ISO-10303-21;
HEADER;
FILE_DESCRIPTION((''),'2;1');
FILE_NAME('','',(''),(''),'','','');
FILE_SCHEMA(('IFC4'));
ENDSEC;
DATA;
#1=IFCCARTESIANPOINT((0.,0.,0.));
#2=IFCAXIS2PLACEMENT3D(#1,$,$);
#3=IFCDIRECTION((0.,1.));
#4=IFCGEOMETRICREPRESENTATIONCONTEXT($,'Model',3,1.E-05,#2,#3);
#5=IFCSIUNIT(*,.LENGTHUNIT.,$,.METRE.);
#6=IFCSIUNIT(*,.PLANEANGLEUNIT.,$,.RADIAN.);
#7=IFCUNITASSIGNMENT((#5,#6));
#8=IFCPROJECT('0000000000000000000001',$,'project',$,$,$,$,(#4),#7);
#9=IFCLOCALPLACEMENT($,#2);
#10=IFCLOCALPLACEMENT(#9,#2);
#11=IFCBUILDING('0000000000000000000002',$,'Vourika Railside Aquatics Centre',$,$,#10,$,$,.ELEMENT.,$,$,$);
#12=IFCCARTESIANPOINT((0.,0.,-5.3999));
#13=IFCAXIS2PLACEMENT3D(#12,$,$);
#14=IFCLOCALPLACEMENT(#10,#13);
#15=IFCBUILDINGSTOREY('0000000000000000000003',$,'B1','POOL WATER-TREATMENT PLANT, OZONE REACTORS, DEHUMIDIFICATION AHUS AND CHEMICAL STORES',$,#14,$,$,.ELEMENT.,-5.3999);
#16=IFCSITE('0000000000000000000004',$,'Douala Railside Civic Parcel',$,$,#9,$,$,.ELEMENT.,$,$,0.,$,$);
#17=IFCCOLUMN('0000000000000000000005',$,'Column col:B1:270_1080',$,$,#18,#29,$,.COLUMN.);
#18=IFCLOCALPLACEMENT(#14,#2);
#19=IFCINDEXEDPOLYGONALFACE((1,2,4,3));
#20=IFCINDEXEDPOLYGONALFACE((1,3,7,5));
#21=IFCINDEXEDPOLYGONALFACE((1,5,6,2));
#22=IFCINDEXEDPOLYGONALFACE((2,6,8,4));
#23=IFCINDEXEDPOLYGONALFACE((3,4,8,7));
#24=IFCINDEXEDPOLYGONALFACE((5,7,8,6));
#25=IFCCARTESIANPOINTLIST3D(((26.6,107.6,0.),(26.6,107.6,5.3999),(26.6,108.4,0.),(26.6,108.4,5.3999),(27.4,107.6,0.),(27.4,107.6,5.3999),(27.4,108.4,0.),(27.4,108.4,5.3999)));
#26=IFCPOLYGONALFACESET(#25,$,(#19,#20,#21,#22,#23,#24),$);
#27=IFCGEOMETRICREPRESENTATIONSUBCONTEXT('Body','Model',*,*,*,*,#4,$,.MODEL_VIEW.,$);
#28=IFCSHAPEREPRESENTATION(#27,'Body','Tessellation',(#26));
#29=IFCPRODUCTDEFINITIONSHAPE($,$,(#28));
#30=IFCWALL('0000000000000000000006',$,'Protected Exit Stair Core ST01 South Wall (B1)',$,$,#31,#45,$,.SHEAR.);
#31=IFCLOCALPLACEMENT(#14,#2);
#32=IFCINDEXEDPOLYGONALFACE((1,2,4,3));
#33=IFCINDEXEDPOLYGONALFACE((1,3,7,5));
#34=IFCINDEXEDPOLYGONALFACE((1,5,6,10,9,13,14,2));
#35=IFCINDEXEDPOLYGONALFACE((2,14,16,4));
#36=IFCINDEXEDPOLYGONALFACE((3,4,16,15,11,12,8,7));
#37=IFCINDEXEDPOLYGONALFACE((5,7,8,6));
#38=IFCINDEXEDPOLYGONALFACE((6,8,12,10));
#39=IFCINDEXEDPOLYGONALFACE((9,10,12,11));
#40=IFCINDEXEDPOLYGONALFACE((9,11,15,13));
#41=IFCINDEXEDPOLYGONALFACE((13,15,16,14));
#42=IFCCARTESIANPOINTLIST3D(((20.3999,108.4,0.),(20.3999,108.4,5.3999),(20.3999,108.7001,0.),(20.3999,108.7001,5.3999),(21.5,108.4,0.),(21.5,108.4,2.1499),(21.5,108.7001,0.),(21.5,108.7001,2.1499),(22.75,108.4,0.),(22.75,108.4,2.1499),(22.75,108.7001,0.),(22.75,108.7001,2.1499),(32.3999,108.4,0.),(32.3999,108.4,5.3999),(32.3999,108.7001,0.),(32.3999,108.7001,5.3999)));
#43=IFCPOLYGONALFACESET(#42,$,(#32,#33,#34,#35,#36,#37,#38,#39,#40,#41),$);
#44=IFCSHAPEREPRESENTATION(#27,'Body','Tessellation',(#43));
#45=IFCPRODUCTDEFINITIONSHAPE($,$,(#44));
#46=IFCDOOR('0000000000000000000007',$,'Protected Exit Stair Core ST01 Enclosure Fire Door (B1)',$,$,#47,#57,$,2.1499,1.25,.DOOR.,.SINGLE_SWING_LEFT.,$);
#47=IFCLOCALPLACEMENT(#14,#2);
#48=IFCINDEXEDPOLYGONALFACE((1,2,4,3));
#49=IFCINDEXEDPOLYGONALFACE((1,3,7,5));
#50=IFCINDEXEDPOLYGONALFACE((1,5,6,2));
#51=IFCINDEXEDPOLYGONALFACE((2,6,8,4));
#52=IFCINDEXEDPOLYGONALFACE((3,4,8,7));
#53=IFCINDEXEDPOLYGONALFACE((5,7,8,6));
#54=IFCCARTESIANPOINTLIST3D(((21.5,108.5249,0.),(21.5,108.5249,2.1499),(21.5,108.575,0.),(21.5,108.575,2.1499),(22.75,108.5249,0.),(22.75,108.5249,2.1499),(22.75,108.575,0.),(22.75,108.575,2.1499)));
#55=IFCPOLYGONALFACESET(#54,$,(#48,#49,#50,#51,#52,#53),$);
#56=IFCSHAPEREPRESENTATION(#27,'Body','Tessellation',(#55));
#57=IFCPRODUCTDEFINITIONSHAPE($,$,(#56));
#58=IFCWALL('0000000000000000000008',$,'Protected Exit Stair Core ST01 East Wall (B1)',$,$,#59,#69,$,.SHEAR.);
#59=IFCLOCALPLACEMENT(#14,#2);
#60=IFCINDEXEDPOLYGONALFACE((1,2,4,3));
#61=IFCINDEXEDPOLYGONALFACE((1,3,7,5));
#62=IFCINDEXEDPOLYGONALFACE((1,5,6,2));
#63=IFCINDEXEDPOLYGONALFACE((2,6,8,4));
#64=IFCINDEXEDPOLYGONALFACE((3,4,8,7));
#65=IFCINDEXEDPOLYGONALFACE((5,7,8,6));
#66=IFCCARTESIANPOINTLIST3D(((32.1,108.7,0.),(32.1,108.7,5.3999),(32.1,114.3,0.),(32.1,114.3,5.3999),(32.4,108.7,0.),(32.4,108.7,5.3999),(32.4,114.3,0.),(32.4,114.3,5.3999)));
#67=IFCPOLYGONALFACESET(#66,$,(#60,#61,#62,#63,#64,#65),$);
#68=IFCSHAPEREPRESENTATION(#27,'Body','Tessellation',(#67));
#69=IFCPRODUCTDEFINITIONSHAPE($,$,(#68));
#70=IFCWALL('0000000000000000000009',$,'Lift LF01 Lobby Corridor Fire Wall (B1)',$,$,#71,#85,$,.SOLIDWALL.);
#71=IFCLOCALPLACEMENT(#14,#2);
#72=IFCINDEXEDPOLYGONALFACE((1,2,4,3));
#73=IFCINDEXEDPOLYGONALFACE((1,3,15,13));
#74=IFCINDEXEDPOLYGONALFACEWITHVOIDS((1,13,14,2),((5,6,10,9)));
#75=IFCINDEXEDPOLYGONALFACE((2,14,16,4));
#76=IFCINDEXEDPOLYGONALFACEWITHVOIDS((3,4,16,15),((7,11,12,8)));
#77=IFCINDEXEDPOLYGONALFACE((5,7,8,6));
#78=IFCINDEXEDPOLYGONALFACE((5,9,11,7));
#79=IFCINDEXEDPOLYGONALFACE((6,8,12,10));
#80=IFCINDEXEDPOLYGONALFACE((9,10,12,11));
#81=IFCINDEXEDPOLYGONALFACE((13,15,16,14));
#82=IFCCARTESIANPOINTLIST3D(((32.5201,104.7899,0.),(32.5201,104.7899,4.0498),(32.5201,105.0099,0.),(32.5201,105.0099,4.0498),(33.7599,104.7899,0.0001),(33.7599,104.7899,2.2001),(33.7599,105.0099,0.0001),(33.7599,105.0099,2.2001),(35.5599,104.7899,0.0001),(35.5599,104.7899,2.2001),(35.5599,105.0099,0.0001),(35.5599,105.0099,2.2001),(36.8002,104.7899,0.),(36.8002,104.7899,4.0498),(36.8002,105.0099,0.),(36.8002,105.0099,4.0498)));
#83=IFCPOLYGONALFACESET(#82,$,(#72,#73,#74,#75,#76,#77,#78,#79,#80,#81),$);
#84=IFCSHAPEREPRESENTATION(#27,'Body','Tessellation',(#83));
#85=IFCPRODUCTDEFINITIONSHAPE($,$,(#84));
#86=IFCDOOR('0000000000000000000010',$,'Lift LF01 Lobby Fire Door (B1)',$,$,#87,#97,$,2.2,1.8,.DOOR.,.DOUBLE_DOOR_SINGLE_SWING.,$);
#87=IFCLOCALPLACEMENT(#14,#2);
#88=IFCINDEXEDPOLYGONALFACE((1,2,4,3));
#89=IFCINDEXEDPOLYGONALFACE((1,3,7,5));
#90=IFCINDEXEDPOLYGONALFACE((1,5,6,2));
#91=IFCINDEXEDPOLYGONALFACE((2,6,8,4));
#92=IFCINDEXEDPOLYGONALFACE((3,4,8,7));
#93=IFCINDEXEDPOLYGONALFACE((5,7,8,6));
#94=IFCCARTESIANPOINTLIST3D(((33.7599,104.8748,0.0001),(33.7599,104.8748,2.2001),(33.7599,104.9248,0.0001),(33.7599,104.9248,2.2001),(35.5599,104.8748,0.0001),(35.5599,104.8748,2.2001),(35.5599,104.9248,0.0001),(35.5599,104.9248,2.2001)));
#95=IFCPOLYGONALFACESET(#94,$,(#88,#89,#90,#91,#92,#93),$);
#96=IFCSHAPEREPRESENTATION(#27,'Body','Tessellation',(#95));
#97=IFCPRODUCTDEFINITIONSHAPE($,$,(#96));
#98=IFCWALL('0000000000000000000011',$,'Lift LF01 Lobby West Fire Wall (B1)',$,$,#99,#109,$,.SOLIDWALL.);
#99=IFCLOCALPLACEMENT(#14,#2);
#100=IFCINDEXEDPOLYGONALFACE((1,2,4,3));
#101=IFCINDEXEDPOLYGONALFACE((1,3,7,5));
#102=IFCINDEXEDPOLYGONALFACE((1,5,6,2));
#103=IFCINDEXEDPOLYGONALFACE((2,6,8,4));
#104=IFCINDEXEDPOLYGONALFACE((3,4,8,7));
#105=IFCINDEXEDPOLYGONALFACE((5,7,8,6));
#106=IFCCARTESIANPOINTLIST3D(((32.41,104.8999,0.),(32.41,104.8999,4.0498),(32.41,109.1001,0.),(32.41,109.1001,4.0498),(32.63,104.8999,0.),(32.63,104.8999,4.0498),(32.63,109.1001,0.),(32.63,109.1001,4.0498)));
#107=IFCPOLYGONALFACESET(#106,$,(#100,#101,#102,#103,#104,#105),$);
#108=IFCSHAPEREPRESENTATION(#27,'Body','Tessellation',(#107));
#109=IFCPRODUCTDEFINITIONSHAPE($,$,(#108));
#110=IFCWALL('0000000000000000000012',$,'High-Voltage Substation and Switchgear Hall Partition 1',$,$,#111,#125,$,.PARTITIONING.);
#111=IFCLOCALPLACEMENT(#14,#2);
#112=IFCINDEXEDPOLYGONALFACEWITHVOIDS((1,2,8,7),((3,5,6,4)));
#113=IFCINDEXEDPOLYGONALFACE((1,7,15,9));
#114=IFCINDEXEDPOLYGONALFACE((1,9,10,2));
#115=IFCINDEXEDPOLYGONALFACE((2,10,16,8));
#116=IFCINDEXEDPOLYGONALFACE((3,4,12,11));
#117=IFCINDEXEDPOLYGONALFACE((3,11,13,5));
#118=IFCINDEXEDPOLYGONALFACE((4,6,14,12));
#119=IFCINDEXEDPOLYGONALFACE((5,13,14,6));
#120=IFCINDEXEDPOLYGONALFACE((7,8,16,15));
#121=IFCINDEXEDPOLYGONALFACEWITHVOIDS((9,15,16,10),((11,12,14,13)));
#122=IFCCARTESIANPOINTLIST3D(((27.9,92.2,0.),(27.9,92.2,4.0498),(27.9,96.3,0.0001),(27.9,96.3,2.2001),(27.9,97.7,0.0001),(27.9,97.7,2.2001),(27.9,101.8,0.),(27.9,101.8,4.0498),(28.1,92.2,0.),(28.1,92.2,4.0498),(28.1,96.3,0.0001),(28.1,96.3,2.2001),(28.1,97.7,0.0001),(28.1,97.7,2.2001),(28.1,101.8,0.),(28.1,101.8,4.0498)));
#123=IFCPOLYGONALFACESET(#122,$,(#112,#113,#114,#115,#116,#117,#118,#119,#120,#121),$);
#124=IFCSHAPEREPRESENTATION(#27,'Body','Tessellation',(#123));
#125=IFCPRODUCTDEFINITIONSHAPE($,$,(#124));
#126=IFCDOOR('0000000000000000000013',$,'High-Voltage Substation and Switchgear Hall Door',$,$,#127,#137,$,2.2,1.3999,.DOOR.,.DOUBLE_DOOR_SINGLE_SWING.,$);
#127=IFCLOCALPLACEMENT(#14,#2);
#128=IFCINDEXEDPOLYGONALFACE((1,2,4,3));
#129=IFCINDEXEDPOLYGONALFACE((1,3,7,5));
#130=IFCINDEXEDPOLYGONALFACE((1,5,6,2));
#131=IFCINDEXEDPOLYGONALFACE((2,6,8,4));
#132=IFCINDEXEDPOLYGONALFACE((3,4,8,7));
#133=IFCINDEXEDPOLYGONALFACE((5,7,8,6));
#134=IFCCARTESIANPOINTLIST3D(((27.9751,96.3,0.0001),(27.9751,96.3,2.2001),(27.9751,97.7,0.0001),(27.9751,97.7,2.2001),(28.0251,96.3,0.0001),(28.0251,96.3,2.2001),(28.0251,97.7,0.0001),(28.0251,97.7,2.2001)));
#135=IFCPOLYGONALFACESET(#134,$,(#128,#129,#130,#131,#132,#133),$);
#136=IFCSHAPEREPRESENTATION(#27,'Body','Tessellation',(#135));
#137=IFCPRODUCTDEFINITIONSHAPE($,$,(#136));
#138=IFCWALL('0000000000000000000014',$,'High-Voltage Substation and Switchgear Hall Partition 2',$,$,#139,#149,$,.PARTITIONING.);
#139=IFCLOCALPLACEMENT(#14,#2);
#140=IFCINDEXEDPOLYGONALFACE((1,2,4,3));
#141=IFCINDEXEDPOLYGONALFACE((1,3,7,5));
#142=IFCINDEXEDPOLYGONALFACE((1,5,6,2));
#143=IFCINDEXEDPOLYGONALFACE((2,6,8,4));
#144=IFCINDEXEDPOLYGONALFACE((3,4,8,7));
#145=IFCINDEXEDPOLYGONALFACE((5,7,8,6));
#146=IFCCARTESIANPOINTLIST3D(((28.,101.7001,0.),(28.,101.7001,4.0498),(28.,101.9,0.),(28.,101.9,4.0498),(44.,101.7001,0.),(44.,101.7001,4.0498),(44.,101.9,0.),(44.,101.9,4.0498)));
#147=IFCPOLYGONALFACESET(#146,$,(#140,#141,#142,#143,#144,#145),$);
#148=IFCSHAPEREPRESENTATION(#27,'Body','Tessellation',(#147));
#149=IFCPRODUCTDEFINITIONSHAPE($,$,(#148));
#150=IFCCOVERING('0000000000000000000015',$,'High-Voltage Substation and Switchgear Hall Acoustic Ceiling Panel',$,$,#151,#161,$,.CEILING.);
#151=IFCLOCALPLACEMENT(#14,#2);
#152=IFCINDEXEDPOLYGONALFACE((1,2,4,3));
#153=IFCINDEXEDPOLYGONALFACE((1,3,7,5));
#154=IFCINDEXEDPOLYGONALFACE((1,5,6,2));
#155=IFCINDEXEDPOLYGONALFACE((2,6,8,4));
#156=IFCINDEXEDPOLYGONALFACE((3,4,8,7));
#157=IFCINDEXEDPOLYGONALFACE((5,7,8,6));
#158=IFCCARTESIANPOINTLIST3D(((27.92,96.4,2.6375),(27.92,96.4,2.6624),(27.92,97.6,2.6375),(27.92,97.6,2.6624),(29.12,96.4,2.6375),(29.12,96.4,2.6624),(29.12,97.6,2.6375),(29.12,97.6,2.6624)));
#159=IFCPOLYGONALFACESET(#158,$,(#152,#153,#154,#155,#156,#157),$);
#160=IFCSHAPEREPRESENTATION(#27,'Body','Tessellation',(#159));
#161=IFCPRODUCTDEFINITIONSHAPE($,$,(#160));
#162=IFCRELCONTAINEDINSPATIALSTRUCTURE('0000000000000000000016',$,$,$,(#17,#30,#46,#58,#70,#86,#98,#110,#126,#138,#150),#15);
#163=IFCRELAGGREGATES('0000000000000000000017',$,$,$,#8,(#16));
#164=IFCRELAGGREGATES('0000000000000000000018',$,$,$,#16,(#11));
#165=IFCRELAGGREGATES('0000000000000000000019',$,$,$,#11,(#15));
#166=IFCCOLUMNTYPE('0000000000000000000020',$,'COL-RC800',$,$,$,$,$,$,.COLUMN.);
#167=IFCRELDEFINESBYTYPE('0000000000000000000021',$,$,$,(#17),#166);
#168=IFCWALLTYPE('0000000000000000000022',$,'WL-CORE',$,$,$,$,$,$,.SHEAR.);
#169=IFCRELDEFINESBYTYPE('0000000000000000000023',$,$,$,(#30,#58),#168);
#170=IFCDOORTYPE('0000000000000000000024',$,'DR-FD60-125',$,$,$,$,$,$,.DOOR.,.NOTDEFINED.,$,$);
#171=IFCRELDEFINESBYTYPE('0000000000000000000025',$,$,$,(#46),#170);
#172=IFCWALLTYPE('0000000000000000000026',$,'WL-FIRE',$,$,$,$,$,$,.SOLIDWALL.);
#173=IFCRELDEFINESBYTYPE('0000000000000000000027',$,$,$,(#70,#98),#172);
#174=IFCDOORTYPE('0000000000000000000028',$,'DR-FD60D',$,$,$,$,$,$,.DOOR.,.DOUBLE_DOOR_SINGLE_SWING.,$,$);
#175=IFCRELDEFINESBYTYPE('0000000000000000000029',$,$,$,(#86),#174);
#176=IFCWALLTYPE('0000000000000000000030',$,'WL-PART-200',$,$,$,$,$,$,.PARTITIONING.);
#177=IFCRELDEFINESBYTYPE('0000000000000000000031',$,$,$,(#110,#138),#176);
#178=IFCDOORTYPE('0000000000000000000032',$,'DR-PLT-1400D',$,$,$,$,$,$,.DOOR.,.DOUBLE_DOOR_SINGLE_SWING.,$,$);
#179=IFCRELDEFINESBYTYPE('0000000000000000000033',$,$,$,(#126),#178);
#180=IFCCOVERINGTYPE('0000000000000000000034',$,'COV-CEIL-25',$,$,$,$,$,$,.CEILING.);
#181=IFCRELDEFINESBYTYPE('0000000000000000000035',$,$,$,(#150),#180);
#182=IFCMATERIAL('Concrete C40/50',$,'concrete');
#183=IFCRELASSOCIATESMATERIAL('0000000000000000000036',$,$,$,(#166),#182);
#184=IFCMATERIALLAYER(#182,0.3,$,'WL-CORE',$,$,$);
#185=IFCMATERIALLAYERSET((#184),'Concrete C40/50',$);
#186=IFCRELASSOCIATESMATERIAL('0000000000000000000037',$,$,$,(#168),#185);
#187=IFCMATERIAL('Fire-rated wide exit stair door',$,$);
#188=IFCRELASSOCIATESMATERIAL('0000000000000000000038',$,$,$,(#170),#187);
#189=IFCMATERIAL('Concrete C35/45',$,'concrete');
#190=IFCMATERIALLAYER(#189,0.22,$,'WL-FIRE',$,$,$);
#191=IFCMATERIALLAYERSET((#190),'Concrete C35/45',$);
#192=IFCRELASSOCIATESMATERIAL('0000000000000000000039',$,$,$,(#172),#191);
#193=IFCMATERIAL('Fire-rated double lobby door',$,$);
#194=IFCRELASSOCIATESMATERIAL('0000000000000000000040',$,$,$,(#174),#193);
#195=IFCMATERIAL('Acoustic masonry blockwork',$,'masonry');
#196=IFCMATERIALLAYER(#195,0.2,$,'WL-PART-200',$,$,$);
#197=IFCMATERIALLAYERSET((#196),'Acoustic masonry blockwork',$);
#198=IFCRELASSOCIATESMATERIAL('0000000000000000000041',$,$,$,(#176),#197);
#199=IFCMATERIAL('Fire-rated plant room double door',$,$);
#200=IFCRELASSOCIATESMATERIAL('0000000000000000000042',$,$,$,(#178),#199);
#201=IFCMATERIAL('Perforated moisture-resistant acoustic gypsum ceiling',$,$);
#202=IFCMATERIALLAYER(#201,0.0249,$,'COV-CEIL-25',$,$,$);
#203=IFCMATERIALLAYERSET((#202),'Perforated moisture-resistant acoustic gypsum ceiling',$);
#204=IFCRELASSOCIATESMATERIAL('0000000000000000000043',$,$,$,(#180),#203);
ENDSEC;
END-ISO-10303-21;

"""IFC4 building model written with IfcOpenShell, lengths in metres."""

from ifc_helpers import new_model, si_unit, direction, frame, frame_2d, origin, origin_2d, place, context, subcontext, project, spatial, rectangle, extrude, material, layer, layer_set, material_profile, profile_set, type_object, element, fill, save


model = new_model("IFC4")

# Units and contexts
model_context = context("Model", 3, precision=1e-05, world=origin(), true_north=direction((0.0, 1.0)))
body_context = subcontext(model_context, "Body", "Model", "MODEL_VIEW")
ifc_project = project(units=[si_unit("LENGTHUNIT", "METRE"), si_unit("PLANEANGLEUNIT", "RADIAN")], contexts=[model_context])

# Site, building, storey
site_placement = place(None, origin())
site = spatial("IfcSite", under=ifc_project, at=site_placement, Name="Douala Railside Civic Parcel", CompositionType="ELEMENT", RefElevation=0.0)
building_placement = place(site_placement, origin())
building = spatial("IfcBuilding", under=site, at=building_placement, Name="Vourika Railside Aquatics Centre", CompositionType="ELEMENT")
storey_placement = place(building_placement, frame((0.0, 0.0, -5.3999)))
storey = spatial("IfcBuildingStorey", under=building, at=storey_placement, Name="B1", Description="POOL WATER-TREATMENT PLANT, OZONE REACTORS, DEHUMIDIFICATION AHUS AND CHEMICAL STORES", CompositionType="ELEMENT", Elevation=-5.3999)

# Shared definitions
ifc_material_1 = material(Name="Concrete C40/50", Category="concrete")

# Column
ifc_material_profile_1 = material_profile(ifc_material_1, rectangle(XDim=0.8, YDim=0.8, at=origin_2d()), Name="RC 800x800")
ifc_profile_set_1 = profile_set([ifc_material_profile_1], Name="Concrete C40/50")
column_type = type_object("IfcColumnType", Name="COL-RC800", PredefinedType="COLUMN", material=ifc_profile_set_1)
for number, where, z_axis, x_axis, name in (
    (1, (27.0, 108.0, 0.0), (0.0, 0.0, 1.0), (1.0, 0.0, 0.0), "Column col:B1:270_1080"),
):
    element("IfcColumn", number, at=place(storey_placement, frame(where, z_axis=z_axis, x_axis=x_axis)), inside=storey, type_object=column_type, Name=name, PredefinedType="COLUMN", context=body_context, shape_type="SweptSolid", body=[
        extrude(rectangle(XDim=0.8, YDim=0.8, at=origin_2d()), origin(), (0.0, 0.0, 1.0), 5.3999),
    ])

# Wall, opening, door
ifc_layer_1 = layer(ifc_material_1, 0.3, Name="WL-CORE")
ifc_layer_set_1 = layer_set([ifc_layer_1], Name="Concrete C40/50")
wall_type_1 = type_object("IfcWallType", Name="WL-CORE", PredefinedType="SHEAR", material=ifc_layer_set_1)
wall_1_placement = place(storey_placement, frame((20.3999, 108.55, 0.0), z_axis=(0.0, 0.0, 1.0), x_axis=(1.0, 0.0, 0.0)))
wall_1 = element("IfcWall", 2, at=wall_1_placement, inside=storey, type_object=wall_type_1, Name="Protected Exit Stair Core ST01 South Wall (B1)", PredefinedType="SHEAR", context=body_context, shape_type="SweptSolid", body=[
    extrude(rectangle(XDim=12.0, YDim=0.3, at=frame_2d((6.0, 0.0))), origin(), (0.0, 0.0, 1.0), 5.3999),
])
opening_1_placement = place(wall_1_placement, frame((1.1001, 0.0, 0.0)))
opening_1 = element("IfcOpeningElement", 3, at=opening_1_placement, cuts=wall_1, PredefinedType="OPENING", context=body_context, shape_type="SweptSolid", body=[
    extrude(rectangle(XDim=1.25, YDim=2.1499, at=frame_2d((0.625, 1.075))), frame((0.0, 0.1602, 0.0), z_axis=(0.0, -1.0, 0.0), x_axis=(1.0, 0.0, 0.0)), (0.0, 0.0, 1.0), 0.3201),
])
ifc_material_2 = material(Name="Fire-rated wide exit stair door")
door_type_1 = type_object("IfcDoorType", Name="DR-FD60-125", OperationType="NOTDEFINED", PredefinedType="DOOR", material=ifc_material_2)
door_1_placement = place(opening_1_placement, origin())
door_1 = element("IfcDoor", 4, at=door_1_placement, inside=storey, type_object=door_type_1, Name="Protected Exit Stair Core ST01 Enclosure Fire Door (B1)", OperationType="SINGLE_SWING_LEFT", OverallHeight=2.1499, OverallWidth=1.25, PredefinedType="DOOR", context=body_context, shape_type="SweptSolid", body=[
    extrude(rectangle(XDim=1.25, YDim=2.1499, at=frame_2d((0.625, 1.075))), frame((0.0, 0.0249, 0.0), z_axis=(0.0, -1.0, 0.0), x_axis=(1.0, 0.0, 0.0)), (0.0, 0.0, 1.0), 0.05),
])
fill(opening_1, door_1)

# Wall
wall_2_placement = place(storey_placement, frame((32.25, 108.7, 0.0), z_axis=(0.0, 0.0, 1.0), x_axis=(0.0, 1.0, 0.0)))
element("IfcWall", 5, at=wall_2_placement, inside=storey, type_object=wall_type_1, Name="Protected Exit Stair Core ST01 East Wall (B1)", PredefinedType="SHEAR", context=body_context, shape_type="SweptSolid", body=[
    extrude(rectangle(XDim=5.6001, YDim=0.3, at=frame_2d((2.8, 0.0))), origin(), (0.0, 0.0, 1.0), 5.3999),
])

# Wall, opening, door
ifc_material_3 = material(Name="Concrete C35/45", Category="concrete")
ifc_layer_2 = layer(ifc_material_3, 0.22, Name="WL-FIRE")
ifc_layer_set_2 = layer_set([ifc_layer_2], Name="Concrete C35/45")
wall_type_2 = type_object("IfcWallType", Name="WL-FIRE", PredefinedType="SOLIDWALL", material=ifc_layer_set_2)
wall_3_placement = place(storey_placement, frame((32.52, 104.8999, 0.0), z_axis=(0.0, 0.0, 1.0), x_axis=(1.0, 0.0, 0.0)))
wall_3 = element("IfcWall", 6, at=wall_3_placement, inside=storey, type_object=wall_type_2, Name="Lift LF01 Lobby Corridor Fire Wall (B1)", PredefinedType="SOLIDWALL", context=body_context, shape_type="SweptSolid", body=[
    extrude(rectangle(XDim=4.28, YDim=0.22, at=frame_2d((2.1401, 0.0))), origin(), (0.0, 0.0, 1.0), 4.0498),
])
opening_2_placement = place(wall_3_placement, frame((1.24, 0.0, 0.0)))
opening_2 = element("IfcOpeningElement", 7, at=opening_2_placement, cuts=wall_3, PredefinedType="OPENING", context=body_context, shape_type="SweptSolid", body=[
    extrude(rectangle(XDim=1.8, YDim=2.2, at=frame_2d((0.8999, 1.1001))), frame((0.0, 0.1201, 0.0), z_axis=(0.0, -1.0, 0.0), x_axis=(1.0, 0.0, 0.0)), (0.0, 0.0, 1.0), 0.24),
])
ifc_material_4 = material(Name="Fire-rated double lobby door")
door_type_2 = type_object("IfcDoorType", Name="DR-FD60D", OperationType="DOUBLE_DOOR_SINGLE_SWING", PredefinedType="DOOR", material=ifc_material_4)
door_2_placement = place(opening_2_placement, origin())
door_2 = element("IfcDoor", 8, at=door_2_placement, inside=storey, type_object=door_type_2, Name="Lift LF01 Lobby Fire Door (B1)", OperationType="DOUBLE_DOOR_SINGLE_SWING", OverallHeight=2.2, OverallWidth=1.8, PredefinedType="DOOR", context=body_context, shape_type="SweptSolid", body=[
    extrude(rectangle(XDim=1.8, YDim=2.2, at=frame_2d((0.8999, 1.1001))), frame((0.0, 0.0249, 0.0), z_axis=(0.0, -1.0, 0.0), x_axis=(1.0, 0.0, 0.0)), (0.0, 0.0, 1.0), 0.05),
])
fill(opening_2, door_2)

# Wall
wall_4_placement = place(storey_placement, frame((32.52, 104.8999, 0.0), z_axis=(0.0, 0.0, 1.0), x_axis=(0.0, 1.0, 0.0)))
element("IfcWall", 9, at=wall_4_placement, inside=storey, type_object=wall_type_2, Name="Lift LF01 Lobby West Fire Wall (B1)", PredefinedType="SOLIDWALL", context=body_context, shape_type="SweptSolid", body=[
    extrude(rectangle(XDim=4.2002, YDim=0.22, at=frame_2d((2.1001, 0.0))), origin(), (0.0, 0.0, 1.0), 4.0498),
])

# Wall, opening, door
ifc_material_5 = material(Name="Acoustic masonry blockwork", Category="masonry")
ifc_layer_3 = layer(ifc_material_5, 0.2, Name="WL-PART-200")
ifc_layer_set_3 = layer_set([ifc_layer_3], Name="Acoustic masonry blockwork")
wall_type_3 = type_object("IfcWallType", Name="WL-PART-200", PredefinedType="PARTITIONING", material=ifc_layer_set_3)
wall_5_placement = place(storey_placement, frame((28.0, 92.2, 0.0), z_axis=(0.0, 0.0, 1.0), x_axis=(0.0, 1.0, 0.0)))
wall_5 = element("IfcWall", 10, at=wall_5_placement, inside=storey, type_object=wall_type_3, Name="High-Voltage Substation and Switchgear Hall Partition 1", PredefinedType="PARTITIONING", context=body_context, shape_type="SweptSolid", body=[
    extrude(rectangle(XDim=9.6001, YDim=0.2, at=frame_2d((4.8, 0.0))), origin(), (0.0, 0.0, 1.0), 4.0498),
])
opening_3_placement = place(wall_5_placement, frame((4.1001, 0.0, 0.0)))
opening_3 = element("IfcOpeningElement", 11, at=opening_3_placement, cuts=wall_5, PredefinedType="OPENING", context=body_context, shape_type="SweptSolid", body=[
    extrude(rectangle(XDim=1.3999, YDim=2.2, at=frame_2d((0.7, 1.1001))), frame((0.0, 0.1099, 0.0), z_axis=(0.0, -1.0, 0.0), x_axis=(1.0, 0.0, 0.0)), (0.0, 0.0, 1.0), 0.22),
])
ifc_material_6 = material(Name="Fire-rated plant room double door")
door_type_3 = type_object("IfcDoorType", Name="DR-PLT-1400D", OperationType="DOUBLE_DOOR_SINGLE_SWING", PredefinedType="DOOR", material=ifc_material_6)
door_3_placement = place(opening_3_placement, origin())
door_3 = element("IfcDoor", 12, at=door_3_placement, inside=storey, type_object=door_type_3, Name="High-Voltage Substation and Switchgear Hall Door", OperationType="DOUBLE_DOOR_SINGLE_SWING", OverallHeight=2.2, OverallWidth=1.3999, PredefinedType="DOOR", context=body_context, shape_type="SweptSolid", body=[
    extrude(rectangle(XDim=1.3999, YDim=2.2, at=frame_2d((0.7, 1.1001))), frame((0.0, 0.0249, 0.0), z_axis=(0.0, -1.0, 0.0), x_axis=(1.0, 0.0, 0.0)), (0.0, 0.0, 1.0), 0.05),
])
fill(opening_3, door_3)

# Wall
wall_6_placement = place(storey_placement, frame((28.0, 101.8, 0.0), z_axis=(0.0, 0.0, 1.0), x_axis=(1.0, 0.0, 0.0)))
element("IfcWall", 13, at=wall_6_placement, inside=storey, type_object=wall_type_3, Name="High-Voltage Substation and Switchgear Hall Partition 2", PredefinedType="PARTITIONING", context=body_context, shape_type="SweptSolid", body=[
    extrude(rectangle(XDim=16.0, YDim=0.2, at=frame_2d((8.0, 0.0))), origin(), (0.0, 0.0, 1.0), 4.0498),
])

# Covering
ifc_material_7 = material(Name="Perforated moisture-resistant acoustic gypsum ceiling")
ifc_layer_4 = layer(ifc_material_7, 0.0249, Name="COV-CEIL-25")
ifc_layer_set_4 = layer_set([ifc_layer_4], Name="Perforated moisture-resistant acoustic gypsum ceiling")
covering_type = type_object("IfcCoveringType", Name="COV-CEIL-25", PredefinedType="CEILING", material=ifc_layer_set_4)
covering_placement = place(storey_placement, frame((28.52, 97.0, 2.6375), z_axis=(0.0, 0.0, 1.0), x_axis=(1.0, 0.0, 0.0)))
element("IfcCovering", 14, at=covering_placement, inside=storey, type_object=covering_type, Name="High-Voltage Substation and Switchgear Hall Acoustic Ceiling Panel", PredefinedType="CEILING", context=body_context, shape_type="SweptSolid", body=[
    extrude(rectangle(XDim=1.2, YDim=1.2, at=origin_2d()), origin(), (0.0, 0.0, 1.0), 0.0249),
])

save(model, "model.ifc")
